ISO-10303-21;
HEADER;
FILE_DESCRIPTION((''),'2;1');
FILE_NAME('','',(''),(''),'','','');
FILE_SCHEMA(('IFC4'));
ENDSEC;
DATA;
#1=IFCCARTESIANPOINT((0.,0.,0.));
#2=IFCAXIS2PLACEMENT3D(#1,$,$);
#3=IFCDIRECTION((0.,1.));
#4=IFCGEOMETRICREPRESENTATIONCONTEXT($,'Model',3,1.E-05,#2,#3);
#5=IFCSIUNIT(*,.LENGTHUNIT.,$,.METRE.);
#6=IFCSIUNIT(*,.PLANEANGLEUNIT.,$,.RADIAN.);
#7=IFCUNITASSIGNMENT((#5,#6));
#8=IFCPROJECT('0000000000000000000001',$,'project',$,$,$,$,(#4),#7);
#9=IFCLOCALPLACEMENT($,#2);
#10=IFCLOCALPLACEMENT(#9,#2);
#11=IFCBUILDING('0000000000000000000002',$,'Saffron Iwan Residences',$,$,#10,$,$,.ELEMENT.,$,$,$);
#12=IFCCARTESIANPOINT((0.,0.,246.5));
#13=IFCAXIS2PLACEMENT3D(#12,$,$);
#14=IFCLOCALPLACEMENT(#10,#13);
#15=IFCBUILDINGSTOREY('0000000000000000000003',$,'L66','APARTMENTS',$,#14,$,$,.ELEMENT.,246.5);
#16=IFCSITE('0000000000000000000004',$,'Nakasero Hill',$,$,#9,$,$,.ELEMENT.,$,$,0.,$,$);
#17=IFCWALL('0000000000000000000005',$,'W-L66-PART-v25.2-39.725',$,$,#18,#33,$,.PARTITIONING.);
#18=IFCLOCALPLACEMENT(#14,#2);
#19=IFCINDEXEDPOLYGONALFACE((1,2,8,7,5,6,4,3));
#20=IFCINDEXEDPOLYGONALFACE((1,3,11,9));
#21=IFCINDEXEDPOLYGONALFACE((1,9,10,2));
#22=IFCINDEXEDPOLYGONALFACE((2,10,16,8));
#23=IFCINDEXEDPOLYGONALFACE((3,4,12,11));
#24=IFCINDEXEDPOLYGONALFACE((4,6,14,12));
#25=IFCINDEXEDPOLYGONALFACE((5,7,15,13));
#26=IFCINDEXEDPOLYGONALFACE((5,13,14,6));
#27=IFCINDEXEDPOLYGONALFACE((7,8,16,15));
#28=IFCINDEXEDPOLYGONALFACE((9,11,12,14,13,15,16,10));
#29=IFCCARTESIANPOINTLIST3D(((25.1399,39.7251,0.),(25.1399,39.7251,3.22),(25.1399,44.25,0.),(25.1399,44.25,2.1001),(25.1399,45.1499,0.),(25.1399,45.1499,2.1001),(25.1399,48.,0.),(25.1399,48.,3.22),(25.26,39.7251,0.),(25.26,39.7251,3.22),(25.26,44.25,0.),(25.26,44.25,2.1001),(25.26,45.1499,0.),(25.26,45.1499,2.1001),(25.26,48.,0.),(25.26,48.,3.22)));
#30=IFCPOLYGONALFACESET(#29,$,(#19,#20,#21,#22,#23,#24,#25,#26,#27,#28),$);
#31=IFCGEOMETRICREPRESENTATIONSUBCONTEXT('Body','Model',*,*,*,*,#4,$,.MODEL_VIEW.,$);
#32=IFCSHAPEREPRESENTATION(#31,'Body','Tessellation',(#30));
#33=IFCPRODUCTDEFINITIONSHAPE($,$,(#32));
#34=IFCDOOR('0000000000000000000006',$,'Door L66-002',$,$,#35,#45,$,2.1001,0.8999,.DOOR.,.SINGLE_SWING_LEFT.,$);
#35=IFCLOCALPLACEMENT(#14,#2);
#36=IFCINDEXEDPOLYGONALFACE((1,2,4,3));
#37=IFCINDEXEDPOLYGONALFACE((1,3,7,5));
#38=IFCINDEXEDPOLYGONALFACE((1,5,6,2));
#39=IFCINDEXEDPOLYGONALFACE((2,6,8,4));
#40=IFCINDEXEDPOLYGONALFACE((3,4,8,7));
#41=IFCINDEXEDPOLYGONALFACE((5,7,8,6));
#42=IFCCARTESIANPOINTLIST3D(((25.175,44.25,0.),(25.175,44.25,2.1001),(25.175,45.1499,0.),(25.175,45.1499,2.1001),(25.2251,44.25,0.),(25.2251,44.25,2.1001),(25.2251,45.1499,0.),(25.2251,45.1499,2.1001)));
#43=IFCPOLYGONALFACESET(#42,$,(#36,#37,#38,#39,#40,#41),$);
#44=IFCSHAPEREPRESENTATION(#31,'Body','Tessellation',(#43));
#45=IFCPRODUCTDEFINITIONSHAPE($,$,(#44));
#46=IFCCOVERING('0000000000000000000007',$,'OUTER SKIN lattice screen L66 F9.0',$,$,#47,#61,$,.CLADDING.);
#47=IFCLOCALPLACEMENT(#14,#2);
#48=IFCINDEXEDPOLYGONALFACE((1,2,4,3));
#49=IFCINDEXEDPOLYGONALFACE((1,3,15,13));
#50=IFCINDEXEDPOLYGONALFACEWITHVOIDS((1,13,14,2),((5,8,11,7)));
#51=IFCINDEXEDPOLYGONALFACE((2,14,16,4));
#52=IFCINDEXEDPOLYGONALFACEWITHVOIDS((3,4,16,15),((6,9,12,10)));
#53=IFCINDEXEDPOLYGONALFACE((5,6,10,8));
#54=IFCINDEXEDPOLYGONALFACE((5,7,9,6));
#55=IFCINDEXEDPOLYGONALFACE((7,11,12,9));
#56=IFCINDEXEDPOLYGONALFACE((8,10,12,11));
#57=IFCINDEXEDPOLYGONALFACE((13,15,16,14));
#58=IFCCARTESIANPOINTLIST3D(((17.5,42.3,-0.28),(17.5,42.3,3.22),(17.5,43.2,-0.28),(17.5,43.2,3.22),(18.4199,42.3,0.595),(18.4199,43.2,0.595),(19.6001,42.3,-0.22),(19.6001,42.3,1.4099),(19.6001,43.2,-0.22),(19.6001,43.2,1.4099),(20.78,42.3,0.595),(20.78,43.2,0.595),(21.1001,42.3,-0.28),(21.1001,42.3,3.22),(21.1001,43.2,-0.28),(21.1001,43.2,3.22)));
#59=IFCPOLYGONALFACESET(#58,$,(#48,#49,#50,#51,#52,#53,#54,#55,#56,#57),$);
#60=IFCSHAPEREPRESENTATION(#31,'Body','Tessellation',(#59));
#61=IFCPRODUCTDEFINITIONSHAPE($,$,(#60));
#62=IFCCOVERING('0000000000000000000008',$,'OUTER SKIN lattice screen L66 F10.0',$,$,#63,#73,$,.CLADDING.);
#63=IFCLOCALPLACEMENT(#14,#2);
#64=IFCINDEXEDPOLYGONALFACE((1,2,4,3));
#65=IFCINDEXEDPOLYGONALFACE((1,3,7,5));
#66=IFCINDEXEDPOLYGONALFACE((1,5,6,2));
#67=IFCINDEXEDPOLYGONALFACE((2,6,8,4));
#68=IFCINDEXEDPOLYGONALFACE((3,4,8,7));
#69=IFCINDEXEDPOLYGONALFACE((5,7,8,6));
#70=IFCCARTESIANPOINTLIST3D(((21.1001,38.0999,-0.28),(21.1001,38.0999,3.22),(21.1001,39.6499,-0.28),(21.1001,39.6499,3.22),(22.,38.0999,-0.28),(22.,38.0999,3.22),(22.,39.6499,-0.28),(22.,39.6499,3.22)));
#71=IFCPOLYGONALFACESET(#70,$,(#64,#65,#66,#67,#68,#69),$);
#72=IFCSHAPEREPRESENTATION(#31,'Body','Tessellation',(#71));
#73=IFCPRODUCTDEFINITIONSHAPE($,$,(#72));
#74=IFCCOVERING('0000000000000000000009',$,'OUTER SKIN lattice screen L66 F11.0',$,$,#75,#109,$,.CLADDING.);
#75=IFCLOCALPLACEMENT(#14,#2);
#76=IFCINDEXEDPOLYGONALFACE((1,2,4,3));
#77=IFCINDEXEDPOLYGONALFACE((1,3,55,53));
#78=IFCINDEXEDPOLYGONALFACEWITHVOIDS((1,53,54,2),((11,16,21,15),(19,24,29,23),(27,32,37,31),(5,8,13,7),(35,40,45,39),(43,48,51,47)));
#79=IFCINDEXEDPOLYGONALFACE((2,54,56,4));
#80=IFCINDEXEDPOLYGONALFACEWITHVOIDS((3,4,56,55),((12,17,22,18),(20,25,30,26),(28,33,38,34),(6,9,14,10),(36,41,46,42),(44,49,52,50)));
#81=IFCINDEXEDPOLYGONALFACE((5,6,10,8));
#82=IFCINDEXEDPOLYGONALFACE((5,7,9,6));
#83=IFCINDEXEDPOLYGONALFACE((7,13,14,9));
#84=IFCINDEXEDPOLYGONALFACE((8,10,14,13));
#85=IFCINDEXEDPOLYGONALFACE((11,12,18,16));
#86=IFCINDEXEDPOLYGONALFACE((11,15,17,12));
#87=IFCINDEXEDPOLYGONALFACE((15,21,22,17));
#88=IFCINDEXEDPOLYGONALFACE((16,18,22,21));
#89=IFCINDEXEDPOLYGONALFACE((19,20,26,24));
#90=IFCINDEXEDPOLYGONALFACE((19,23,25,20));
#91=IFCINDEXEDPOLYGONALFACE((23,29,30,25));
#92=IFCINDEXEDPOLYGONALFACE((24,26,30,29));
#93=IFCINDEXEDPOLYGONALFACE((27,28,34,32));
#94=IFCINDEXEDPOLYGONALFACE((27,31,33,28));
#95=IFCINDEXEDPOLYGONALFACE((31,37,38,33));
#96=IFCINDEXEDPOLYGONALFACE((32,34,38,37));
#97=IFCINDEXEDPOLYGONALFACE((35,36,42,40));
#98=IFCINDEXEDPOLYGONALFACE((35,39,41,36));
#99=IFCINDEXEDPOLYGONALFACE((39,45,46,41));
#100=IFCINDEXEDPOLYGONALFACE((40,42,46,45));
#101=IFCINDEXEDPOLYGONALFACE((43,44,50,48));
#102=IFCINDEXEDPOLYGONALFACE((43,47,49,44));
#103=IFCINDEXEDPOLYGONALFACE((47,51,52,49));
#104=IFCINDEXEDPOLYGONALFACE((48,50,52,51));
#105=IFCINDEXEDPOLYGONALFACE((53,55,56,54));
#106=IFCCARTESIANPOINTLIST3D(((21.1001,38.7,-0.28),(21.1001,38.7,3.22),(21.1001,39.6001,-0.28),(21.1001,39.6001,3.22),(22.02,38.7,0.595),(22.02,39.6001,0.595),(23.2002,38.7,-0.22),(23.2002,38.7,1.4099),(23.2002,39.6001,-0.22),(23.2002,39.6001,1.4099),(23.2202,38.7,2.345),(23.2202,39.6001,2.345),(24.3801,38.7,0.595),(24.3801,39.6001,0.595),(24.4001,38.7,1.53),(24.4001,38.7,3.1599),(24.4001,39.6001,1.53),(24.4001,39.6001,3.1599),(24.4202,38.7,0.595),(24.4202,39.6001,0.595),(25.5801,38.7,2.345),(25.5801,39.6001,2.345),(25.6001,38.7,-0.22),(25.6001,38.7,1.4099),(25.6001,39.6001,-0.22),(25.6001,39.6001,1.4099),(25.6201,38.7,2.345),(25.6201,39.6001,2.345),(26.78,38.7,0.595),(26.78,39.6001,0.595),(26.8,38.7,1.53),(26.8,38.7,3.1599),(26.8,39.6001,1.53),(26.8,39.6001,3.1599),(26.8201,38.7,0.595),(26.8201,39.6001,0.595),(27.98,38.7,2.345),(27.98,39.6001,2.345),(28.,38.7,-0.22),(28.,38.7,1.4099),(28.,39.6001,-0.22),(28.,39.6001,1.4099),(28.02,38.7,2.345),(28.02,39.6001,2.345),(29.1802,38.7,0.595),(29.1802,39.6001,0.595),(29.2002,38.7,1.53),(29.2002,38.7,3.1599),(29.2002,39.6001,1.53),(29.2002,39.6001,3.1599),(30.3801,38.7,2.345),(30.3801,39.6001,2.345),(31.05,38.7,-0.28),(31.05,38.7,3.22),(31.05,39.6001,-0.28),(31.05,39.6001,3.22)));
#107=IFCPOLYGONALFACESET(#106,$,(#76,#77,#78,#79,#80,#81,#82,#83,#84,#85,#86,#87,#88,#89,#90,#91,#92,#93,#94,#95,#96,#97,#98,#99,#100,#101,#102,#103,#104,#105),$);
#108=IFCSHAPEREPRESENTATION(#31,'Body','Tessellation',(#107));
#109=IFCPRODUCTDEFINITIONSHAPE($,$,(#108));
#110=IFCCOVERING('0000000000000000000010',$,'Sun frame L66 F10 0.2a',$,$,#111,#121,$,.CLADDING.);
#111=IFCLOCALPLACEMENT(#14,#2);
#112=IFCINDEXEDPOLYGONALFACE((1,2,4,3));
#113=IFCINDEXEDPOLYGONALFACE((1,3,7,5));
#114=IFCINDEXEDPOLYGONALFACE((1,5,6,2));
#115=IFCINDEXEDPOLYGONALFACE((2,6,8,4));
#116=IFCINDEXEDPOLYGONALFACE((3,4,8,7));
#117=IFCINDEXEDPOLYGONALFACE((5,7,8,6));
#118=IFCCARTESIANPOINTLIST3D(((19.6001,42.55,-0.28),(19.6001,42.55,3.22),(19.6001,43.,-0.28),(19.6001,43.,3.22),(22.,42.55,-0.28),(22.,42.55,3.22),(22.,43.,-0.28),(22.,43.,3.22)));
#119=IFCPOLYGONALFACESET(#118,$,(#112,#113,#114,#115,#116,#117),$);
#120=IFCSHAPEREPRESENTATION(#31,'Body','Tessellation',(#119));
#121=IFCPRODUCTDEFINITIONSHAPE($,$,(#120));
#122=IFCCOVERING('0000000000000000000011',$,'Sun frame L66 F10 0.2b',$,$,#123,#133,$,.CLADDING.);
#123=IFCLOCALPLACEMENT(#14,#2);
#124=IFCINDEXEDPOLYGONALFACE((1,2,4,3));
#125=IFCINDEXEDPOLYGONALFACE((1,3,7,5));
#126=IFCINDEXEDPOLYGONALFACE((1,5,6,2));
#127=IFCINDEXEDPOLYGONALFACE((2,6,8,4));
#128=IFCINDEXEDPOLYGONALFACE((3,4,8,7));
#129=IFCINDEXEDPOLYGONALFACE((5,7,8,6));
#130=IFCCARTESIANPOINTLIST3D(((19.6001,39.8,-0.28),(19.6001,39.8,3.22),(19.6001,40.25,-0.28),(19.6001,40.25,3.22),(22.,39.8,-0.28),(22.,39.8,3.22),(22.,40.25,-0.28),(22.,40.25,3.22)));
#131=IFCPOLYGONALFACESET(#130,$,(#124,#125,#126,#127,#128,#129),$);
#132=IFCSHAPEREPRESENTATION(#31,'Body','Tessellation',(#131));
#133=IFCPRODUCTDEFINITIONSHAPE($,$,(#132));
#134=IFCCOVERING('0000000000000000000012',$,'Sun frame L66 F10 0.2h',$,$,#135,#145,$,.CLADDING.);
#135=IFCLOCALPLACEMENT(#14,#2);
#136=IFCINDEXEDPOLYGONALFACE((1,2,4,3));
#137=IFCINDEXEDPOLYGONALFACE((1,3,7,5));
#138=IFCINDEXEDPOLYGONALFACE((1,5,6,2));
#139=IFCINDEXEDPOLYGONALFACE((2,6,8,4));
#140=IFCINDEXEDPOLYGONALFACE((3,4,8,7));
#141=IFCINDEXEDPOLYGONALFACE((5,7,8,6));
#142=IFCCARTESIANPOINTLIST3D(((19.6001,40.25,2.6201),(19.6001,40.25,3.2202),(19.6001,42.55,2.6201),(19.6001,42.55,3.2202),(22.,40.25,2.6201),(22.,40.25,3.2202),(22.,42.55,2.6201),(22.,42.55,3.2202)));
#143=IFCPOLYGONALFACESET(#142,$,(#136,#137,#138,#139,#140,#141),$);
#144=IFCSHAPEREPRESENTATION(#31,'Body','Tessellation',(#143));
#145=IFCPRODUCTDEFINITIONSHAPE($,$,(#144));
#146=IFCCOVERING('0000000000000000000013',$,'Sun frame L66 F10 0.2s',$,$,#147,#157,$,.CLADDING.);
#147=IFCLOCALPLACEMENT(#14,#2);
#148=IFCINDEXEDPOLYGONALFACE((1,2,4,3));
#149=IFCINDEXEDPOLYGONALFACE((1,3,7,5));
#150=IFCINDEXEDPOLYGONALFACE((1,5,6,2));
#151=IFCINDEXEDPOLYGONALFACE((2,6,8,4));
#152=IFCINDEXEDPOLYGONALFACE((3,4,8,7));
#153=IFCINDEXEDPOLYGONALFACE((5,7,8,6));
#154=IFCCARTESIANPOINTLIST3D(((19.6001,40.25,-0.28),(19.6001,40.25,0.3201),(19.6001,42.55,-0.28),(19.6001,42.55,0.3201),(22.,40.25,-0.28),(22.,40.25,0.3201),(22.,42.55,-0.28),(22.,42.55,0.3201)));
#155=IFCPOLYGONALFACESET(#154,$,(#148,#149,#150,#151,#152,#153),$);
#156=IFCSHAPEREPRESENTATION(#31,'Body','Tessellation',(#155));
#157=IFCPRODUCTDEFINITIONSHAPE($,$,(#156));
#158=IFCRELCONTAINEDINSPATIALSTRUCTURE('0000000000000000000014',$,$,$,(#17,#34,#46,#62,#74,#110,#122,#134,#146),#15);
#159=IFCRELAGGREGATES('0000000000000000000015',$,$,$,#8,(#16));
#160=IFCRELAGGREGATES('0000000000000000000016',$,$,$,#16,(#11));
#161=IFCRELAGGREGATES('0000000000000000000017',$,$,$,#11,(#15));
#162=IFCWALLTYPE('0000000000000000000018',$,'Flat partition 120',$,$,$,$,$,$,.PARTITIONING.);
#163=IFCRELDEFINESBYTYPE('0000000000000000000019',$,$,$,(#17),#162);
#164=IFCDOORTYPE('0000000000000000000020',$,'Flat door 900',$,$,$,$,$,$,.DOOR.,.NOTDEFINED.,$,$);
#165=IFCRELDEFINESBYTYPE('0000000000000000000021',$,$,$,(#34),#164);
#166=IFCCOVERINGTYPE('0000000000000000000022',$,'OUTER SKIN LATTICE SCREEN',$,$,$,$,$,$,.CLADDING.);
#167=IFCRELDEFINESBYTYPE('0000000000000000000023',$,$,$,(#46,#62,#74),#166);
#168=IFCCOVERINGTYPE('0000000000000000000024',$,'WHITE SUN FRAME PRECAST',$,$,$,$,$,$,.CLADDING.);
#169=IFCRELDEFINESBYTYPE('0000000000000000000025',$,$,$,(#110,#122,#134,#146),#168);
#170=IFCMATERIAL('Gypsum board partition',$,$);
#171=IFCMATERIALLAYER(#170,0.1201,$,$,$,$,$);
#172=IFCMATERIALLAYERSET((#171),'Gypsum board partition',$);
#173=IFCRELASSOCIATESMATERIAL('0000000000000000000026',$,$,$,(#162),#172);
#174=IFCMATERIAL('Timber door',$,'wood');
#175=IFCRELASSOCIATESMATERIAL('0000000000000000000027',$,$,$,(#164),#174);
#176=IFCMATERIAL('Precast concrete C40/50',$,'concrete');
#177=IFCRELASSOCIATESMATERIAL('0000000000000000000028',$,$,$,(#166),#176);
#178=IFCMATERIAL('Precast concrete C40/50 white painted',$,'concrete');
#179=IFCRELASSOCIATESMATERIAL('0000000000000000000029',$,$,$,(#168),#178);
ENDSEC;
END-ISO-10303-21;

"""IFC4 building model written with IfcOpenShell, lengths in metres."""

from ifc_helpers import new_model, si_unit, direction, frame, frame_2d, origin, place, context, subcontext, project, spatial, polyline, rectangle, outline, extrude, material, layer, layer_set, type_object, element, fill, save


model = new_model("IFC4")

# Units and contexts
model_context = context("Model", 3, precision=1e-05, world=origin(), true_north=direction((0.0, 1.0)))
body_context = subcontext(model_context, "Body", "Model", "MODEL_VIEW")
ifc_project = project(units=[si_unit("LENGTHUNIT", "METRE"), si_unit("PLANEANGLEUNIT", "RADIAN")], contexts=[model_context])

# Site, building, storey
site_placement = place(None, origin())
site = spatial("IfcSite", under=ifc_project, at=site_placement, Name="Nakasero Hill", CompositionType="ELEMENT", RefElevation=0.0)
building_placement = place(site_placement, origin())
building = spatial("IfcBuilding", under=site, at=building_placement, Name="Saffron Iwan Residences", CompositionType="ELEMENT")
storey_placement = place(building_placement, frame((0.0, 0.0, 246.5)))
storey = spatial("IfcBuildingStorey", under=building, at=storey_placement, Name="L66", Description="APARTMENTS", CompositionType="ELEMENT", Elevation=246.5)

# Wall, opening, door
ifc_material_1 = material(Name="Gypsum board partition")
ifc_layer_1 = layer(ifc_material_1, 0.1201)
ifc_layer_set_1 = layer_set([ifc_layer_1], Name="Gypsum board partition")
wall_type_1 = type_object("IfcWallType", Name="Flat partition 120", PredefinedType="PARTITIONING", material=ifc_layer_set_1)
wall_1_placement = place(storey_placement, frame((25.2, 39.7251, 0.0), z_axis=(0.0, 0.0, 1.0), x_axis=(0.0, 1.0, 0.0)))
wall_1 = element("IfcWall", 1, at=wall_1_placement, inside=storey, type_object=wall_type_1, Name="W-L66-PART-v25.2-39.725", PredefinedType="PARTITIONING", context=body_context, shape_type="SweptSolid", body=[
    extrude(rectangle(XDim=8.2749, YDim=0.1201, at=frame_2d((4.1375, 0.0))), origin(), (0.0, 0.0, 1.0), 3.22),
])
opening_1_placement = place(wall_1_placement, frame((4.5249, 0.0, 0.0)))
opening_1 = element("IfcOpeningElement", 2, at=opening_1_placement, cuts=wall_1, PredefinedType="OPENING", context=body_context, shape_type="SweptSolid", body=[
    extrude(rectangle(XDim=0.8999, YDim=2.1001, at=frame_2d((0.45, 1.05))), frame((0.0, 0.0701, 0.0), z_axis=(0.0, -1.0, 0.0), x_axis=(1.0, 0.0, 0.0)), (0.0, 0.0, 1.0), 0.1401),
])
ifc_material_2 = material(Name="Timber door", Category="wood")
door_type_1 = type_object("IfcDoorType", Name="Flat door 900", OperationType="NOTDEFINED", PredefinedType="DOOR", material=ifc_material_2)
door_1_placement = place(opening_1_placement, origin())
door_1 = element("IfcDoor", 3, at=door_1_placement, inside=storey, type_object=door_type_1, Name="Door L66-002", OperationType="SINGLE_SWING_LEFT", OverallHeight=2.1001, OverallWidth=0.8999, PredefinedType="DOOR", context=body_context, shape_type="SweptSolid", body=[
    extrude(rectangle(XDim=0.8999, YDim=2.1001, at=frame_2d((0.45, 1.05))), frame((0.0, 0.0249, 0.0), z_axis=(0.0, -1.0, 0.0), x_axis=(1.0, 0.0, 0.0)), (0.0, 0.0, 1.0), 0.05),
])
fill(opening_1, door_1)

# Coverings
ifc_material_3 = material(Name="Precast concrete C40/50", Category="concrete")
covering_type_1 = type_object("IfcCoveringType", Name="OUTER SKIN LATTICE SCREEN", PredefinedType="CLADDING", material=ifc_material_3)
covering_1_placement = place(storey_placement, frame((17.5, 43.2, -0.28), z_axis=(0.0, -1.0, 0.0), x_axis=(1.0, 0.0, 0.0)))
element("IfcCovering", 4, at=covering_1_placement, inside=storey, type_object=covering_type_1, Name="OUTER SKIN lattice screen L66 F9.0", PredefinedType="CLADDING", context=body_context, shape_type="SweptSolid", body=[
    extrude(outline(polyline([(0.0, 0.0), (3.6001, 0.0), (3.6001, 3.5), (0.0, 3.5), (0.0, 0.0)]), holes=[polyline([(0.9199, 0.875), (2.1001, 0.0601), (3.28, 0.875), (2.1001, 1.6899), (0.9199, 0.875)])]), origin(), (0.0, 0.0, 1.0), 0.8999),
])
covering_2_placement = place(storey_placement, frame((22.0, 39.6499, -0.28), z_axis=(-1.0, 0.0, 0.0), x_axis=(0.0, -1.0, 0.0)))
element("IfcCovering", 5, at=covering_2_placement, inside=storey, type_object=covering_type_1, Name="OUTER SKIN lattice screen L66 F10.0", PredefinedType="CLADDING", context=body_context, shape_type="SweptSolid", body=[
    extrude(outline(polyline([(0.0, 0.0), (1.55, 0.0), (1.55, 3.5), (0.0, 3.5), (0.0, 0.0)])), origin(), (0.0, 0.0, 1.0), 0.8999),
])
covering_3_placement = place(storey_placement, frame((21.1001, 39.6001, -0.28), z_axis=(0.0, -1.0, 0.0), x_axis=(1.0, 0.0, 0.0)))
element("IfcCovering", 6, at=covering_3_placement, inside=storey, type_object=covering_type_1, Name="OUTER SKIN lattice screen L66 F11.0", PredefinedType="CLADDING", context=body_context, shape_type="SweptSolid", body=[
    extrude(outline(polyline([(0.0, 0.0), (9.95, 0.0), (9.95, 3.5), (0.0, 3.5), (0.0, 0.0)]), holes=[polyline([(0.9199, 0.875), (2.1001, 0.0601), (3.28, 0.875), (2.1001, 1.6899), (0.9199, 0.875)]), polyline([(3.3201, 0.875), (4.5, 0.0601), (5.6799, 0.875), (4.5, 1.6899), (3.3201, 0.875)]), polyline([(5.72, 0.875), (6.8999, 0.0601), (8.0801, 0.875), (6.8999, 1.6899), (5.72, 0.875)]), polyline([(2.1201, 2.625), (3.3, 1.8101), (4.48, 2.625), (3.3, 3.4399), (2.1201, 2.625)]), polyline([(4.52, 2.625), (5.7, 1.8101), (6.8799, 2.625), (5.7, 3.4399), (4.52, 2.625)]), polyline([(6.9199, 2.625), (8.1001, 1.8101), (9.28, 2.625), (8.1001, 3.4399), (6.9199, 2.625)])]), origin(), (0.0, 0.0, 1.0), 0.9001),
])
ifc_material_4 = material(Name="Precast concrete C40/50 white painted", Category="concrete")
covering_type_2 = type_object("IfcCoveringType", Name="WHITE SUN FRAME PRECAST", PredefinedType="CLADDING", material=ifc_material_4)
for number, where, z_axis, x_axis, name in (
    (7, (22.0, 43.0, -0.28), (-1.0, 0.0, 0.0), (0.0, -1.0, 0.0), "Sun frame L66 F10 0.2a"),
    (8, (22.0, 40.25, -0.28), (-1.0, 0.0, 0.0), (0.0, -1.0, 0.0), "Sun frame L66 F10 0.2b"),
):
    element("IfcCovering", number, at=place(storey_placement, frame(where, z_axis=z_axis, x_axis=x_axis)), inside=storey, type_object=covering_type_2, Name=name, PredefinedType="CLADDING", context=body_context, shape_type="SweptSolid", body=[
        extrude(outline(polyline([(0.0, 0.0), (0.45, 0.0), (0.45, 3.5), (0.0, 3.5), (0.0, 0.0)])), origin(), (0.0, 0.0, 1.0), 2.3999),
    ])
for number, where, z_axis, x_axis, name in (
    (9, (22.0, 42.55, 2.6201), (-1.0, 0.0, 0.0), (0.0, -1.0, 0.0), "Sun frame L66 F10 0.2h"),
    (10, (22.0, 42.55, -0.28), (-1.0, 0.0, 0.0), (0.0, -1.0, 0.0), "Sun frame L66 F10 0.2s"),
):
    element("IfcCovering", number, at=place(storey_placement, frame(where, z_axis=z_axis, x_axis=x_axis)), inside=storey, type_object=covering_type_2, Name=name, PredefinedType="CLADDING", context=body_context, shape_type="SweptSolid", body=[
        extrude(outline(polyline([(0.0, 0.0), (2.3, 0.0), (2.3, 0.6001), (0.0, 0.6001), (0.0, 0.0)])), origin(), (0.0, 0.0, 1.0), 2.3999),
    ])

save(model, "model.ifc")
